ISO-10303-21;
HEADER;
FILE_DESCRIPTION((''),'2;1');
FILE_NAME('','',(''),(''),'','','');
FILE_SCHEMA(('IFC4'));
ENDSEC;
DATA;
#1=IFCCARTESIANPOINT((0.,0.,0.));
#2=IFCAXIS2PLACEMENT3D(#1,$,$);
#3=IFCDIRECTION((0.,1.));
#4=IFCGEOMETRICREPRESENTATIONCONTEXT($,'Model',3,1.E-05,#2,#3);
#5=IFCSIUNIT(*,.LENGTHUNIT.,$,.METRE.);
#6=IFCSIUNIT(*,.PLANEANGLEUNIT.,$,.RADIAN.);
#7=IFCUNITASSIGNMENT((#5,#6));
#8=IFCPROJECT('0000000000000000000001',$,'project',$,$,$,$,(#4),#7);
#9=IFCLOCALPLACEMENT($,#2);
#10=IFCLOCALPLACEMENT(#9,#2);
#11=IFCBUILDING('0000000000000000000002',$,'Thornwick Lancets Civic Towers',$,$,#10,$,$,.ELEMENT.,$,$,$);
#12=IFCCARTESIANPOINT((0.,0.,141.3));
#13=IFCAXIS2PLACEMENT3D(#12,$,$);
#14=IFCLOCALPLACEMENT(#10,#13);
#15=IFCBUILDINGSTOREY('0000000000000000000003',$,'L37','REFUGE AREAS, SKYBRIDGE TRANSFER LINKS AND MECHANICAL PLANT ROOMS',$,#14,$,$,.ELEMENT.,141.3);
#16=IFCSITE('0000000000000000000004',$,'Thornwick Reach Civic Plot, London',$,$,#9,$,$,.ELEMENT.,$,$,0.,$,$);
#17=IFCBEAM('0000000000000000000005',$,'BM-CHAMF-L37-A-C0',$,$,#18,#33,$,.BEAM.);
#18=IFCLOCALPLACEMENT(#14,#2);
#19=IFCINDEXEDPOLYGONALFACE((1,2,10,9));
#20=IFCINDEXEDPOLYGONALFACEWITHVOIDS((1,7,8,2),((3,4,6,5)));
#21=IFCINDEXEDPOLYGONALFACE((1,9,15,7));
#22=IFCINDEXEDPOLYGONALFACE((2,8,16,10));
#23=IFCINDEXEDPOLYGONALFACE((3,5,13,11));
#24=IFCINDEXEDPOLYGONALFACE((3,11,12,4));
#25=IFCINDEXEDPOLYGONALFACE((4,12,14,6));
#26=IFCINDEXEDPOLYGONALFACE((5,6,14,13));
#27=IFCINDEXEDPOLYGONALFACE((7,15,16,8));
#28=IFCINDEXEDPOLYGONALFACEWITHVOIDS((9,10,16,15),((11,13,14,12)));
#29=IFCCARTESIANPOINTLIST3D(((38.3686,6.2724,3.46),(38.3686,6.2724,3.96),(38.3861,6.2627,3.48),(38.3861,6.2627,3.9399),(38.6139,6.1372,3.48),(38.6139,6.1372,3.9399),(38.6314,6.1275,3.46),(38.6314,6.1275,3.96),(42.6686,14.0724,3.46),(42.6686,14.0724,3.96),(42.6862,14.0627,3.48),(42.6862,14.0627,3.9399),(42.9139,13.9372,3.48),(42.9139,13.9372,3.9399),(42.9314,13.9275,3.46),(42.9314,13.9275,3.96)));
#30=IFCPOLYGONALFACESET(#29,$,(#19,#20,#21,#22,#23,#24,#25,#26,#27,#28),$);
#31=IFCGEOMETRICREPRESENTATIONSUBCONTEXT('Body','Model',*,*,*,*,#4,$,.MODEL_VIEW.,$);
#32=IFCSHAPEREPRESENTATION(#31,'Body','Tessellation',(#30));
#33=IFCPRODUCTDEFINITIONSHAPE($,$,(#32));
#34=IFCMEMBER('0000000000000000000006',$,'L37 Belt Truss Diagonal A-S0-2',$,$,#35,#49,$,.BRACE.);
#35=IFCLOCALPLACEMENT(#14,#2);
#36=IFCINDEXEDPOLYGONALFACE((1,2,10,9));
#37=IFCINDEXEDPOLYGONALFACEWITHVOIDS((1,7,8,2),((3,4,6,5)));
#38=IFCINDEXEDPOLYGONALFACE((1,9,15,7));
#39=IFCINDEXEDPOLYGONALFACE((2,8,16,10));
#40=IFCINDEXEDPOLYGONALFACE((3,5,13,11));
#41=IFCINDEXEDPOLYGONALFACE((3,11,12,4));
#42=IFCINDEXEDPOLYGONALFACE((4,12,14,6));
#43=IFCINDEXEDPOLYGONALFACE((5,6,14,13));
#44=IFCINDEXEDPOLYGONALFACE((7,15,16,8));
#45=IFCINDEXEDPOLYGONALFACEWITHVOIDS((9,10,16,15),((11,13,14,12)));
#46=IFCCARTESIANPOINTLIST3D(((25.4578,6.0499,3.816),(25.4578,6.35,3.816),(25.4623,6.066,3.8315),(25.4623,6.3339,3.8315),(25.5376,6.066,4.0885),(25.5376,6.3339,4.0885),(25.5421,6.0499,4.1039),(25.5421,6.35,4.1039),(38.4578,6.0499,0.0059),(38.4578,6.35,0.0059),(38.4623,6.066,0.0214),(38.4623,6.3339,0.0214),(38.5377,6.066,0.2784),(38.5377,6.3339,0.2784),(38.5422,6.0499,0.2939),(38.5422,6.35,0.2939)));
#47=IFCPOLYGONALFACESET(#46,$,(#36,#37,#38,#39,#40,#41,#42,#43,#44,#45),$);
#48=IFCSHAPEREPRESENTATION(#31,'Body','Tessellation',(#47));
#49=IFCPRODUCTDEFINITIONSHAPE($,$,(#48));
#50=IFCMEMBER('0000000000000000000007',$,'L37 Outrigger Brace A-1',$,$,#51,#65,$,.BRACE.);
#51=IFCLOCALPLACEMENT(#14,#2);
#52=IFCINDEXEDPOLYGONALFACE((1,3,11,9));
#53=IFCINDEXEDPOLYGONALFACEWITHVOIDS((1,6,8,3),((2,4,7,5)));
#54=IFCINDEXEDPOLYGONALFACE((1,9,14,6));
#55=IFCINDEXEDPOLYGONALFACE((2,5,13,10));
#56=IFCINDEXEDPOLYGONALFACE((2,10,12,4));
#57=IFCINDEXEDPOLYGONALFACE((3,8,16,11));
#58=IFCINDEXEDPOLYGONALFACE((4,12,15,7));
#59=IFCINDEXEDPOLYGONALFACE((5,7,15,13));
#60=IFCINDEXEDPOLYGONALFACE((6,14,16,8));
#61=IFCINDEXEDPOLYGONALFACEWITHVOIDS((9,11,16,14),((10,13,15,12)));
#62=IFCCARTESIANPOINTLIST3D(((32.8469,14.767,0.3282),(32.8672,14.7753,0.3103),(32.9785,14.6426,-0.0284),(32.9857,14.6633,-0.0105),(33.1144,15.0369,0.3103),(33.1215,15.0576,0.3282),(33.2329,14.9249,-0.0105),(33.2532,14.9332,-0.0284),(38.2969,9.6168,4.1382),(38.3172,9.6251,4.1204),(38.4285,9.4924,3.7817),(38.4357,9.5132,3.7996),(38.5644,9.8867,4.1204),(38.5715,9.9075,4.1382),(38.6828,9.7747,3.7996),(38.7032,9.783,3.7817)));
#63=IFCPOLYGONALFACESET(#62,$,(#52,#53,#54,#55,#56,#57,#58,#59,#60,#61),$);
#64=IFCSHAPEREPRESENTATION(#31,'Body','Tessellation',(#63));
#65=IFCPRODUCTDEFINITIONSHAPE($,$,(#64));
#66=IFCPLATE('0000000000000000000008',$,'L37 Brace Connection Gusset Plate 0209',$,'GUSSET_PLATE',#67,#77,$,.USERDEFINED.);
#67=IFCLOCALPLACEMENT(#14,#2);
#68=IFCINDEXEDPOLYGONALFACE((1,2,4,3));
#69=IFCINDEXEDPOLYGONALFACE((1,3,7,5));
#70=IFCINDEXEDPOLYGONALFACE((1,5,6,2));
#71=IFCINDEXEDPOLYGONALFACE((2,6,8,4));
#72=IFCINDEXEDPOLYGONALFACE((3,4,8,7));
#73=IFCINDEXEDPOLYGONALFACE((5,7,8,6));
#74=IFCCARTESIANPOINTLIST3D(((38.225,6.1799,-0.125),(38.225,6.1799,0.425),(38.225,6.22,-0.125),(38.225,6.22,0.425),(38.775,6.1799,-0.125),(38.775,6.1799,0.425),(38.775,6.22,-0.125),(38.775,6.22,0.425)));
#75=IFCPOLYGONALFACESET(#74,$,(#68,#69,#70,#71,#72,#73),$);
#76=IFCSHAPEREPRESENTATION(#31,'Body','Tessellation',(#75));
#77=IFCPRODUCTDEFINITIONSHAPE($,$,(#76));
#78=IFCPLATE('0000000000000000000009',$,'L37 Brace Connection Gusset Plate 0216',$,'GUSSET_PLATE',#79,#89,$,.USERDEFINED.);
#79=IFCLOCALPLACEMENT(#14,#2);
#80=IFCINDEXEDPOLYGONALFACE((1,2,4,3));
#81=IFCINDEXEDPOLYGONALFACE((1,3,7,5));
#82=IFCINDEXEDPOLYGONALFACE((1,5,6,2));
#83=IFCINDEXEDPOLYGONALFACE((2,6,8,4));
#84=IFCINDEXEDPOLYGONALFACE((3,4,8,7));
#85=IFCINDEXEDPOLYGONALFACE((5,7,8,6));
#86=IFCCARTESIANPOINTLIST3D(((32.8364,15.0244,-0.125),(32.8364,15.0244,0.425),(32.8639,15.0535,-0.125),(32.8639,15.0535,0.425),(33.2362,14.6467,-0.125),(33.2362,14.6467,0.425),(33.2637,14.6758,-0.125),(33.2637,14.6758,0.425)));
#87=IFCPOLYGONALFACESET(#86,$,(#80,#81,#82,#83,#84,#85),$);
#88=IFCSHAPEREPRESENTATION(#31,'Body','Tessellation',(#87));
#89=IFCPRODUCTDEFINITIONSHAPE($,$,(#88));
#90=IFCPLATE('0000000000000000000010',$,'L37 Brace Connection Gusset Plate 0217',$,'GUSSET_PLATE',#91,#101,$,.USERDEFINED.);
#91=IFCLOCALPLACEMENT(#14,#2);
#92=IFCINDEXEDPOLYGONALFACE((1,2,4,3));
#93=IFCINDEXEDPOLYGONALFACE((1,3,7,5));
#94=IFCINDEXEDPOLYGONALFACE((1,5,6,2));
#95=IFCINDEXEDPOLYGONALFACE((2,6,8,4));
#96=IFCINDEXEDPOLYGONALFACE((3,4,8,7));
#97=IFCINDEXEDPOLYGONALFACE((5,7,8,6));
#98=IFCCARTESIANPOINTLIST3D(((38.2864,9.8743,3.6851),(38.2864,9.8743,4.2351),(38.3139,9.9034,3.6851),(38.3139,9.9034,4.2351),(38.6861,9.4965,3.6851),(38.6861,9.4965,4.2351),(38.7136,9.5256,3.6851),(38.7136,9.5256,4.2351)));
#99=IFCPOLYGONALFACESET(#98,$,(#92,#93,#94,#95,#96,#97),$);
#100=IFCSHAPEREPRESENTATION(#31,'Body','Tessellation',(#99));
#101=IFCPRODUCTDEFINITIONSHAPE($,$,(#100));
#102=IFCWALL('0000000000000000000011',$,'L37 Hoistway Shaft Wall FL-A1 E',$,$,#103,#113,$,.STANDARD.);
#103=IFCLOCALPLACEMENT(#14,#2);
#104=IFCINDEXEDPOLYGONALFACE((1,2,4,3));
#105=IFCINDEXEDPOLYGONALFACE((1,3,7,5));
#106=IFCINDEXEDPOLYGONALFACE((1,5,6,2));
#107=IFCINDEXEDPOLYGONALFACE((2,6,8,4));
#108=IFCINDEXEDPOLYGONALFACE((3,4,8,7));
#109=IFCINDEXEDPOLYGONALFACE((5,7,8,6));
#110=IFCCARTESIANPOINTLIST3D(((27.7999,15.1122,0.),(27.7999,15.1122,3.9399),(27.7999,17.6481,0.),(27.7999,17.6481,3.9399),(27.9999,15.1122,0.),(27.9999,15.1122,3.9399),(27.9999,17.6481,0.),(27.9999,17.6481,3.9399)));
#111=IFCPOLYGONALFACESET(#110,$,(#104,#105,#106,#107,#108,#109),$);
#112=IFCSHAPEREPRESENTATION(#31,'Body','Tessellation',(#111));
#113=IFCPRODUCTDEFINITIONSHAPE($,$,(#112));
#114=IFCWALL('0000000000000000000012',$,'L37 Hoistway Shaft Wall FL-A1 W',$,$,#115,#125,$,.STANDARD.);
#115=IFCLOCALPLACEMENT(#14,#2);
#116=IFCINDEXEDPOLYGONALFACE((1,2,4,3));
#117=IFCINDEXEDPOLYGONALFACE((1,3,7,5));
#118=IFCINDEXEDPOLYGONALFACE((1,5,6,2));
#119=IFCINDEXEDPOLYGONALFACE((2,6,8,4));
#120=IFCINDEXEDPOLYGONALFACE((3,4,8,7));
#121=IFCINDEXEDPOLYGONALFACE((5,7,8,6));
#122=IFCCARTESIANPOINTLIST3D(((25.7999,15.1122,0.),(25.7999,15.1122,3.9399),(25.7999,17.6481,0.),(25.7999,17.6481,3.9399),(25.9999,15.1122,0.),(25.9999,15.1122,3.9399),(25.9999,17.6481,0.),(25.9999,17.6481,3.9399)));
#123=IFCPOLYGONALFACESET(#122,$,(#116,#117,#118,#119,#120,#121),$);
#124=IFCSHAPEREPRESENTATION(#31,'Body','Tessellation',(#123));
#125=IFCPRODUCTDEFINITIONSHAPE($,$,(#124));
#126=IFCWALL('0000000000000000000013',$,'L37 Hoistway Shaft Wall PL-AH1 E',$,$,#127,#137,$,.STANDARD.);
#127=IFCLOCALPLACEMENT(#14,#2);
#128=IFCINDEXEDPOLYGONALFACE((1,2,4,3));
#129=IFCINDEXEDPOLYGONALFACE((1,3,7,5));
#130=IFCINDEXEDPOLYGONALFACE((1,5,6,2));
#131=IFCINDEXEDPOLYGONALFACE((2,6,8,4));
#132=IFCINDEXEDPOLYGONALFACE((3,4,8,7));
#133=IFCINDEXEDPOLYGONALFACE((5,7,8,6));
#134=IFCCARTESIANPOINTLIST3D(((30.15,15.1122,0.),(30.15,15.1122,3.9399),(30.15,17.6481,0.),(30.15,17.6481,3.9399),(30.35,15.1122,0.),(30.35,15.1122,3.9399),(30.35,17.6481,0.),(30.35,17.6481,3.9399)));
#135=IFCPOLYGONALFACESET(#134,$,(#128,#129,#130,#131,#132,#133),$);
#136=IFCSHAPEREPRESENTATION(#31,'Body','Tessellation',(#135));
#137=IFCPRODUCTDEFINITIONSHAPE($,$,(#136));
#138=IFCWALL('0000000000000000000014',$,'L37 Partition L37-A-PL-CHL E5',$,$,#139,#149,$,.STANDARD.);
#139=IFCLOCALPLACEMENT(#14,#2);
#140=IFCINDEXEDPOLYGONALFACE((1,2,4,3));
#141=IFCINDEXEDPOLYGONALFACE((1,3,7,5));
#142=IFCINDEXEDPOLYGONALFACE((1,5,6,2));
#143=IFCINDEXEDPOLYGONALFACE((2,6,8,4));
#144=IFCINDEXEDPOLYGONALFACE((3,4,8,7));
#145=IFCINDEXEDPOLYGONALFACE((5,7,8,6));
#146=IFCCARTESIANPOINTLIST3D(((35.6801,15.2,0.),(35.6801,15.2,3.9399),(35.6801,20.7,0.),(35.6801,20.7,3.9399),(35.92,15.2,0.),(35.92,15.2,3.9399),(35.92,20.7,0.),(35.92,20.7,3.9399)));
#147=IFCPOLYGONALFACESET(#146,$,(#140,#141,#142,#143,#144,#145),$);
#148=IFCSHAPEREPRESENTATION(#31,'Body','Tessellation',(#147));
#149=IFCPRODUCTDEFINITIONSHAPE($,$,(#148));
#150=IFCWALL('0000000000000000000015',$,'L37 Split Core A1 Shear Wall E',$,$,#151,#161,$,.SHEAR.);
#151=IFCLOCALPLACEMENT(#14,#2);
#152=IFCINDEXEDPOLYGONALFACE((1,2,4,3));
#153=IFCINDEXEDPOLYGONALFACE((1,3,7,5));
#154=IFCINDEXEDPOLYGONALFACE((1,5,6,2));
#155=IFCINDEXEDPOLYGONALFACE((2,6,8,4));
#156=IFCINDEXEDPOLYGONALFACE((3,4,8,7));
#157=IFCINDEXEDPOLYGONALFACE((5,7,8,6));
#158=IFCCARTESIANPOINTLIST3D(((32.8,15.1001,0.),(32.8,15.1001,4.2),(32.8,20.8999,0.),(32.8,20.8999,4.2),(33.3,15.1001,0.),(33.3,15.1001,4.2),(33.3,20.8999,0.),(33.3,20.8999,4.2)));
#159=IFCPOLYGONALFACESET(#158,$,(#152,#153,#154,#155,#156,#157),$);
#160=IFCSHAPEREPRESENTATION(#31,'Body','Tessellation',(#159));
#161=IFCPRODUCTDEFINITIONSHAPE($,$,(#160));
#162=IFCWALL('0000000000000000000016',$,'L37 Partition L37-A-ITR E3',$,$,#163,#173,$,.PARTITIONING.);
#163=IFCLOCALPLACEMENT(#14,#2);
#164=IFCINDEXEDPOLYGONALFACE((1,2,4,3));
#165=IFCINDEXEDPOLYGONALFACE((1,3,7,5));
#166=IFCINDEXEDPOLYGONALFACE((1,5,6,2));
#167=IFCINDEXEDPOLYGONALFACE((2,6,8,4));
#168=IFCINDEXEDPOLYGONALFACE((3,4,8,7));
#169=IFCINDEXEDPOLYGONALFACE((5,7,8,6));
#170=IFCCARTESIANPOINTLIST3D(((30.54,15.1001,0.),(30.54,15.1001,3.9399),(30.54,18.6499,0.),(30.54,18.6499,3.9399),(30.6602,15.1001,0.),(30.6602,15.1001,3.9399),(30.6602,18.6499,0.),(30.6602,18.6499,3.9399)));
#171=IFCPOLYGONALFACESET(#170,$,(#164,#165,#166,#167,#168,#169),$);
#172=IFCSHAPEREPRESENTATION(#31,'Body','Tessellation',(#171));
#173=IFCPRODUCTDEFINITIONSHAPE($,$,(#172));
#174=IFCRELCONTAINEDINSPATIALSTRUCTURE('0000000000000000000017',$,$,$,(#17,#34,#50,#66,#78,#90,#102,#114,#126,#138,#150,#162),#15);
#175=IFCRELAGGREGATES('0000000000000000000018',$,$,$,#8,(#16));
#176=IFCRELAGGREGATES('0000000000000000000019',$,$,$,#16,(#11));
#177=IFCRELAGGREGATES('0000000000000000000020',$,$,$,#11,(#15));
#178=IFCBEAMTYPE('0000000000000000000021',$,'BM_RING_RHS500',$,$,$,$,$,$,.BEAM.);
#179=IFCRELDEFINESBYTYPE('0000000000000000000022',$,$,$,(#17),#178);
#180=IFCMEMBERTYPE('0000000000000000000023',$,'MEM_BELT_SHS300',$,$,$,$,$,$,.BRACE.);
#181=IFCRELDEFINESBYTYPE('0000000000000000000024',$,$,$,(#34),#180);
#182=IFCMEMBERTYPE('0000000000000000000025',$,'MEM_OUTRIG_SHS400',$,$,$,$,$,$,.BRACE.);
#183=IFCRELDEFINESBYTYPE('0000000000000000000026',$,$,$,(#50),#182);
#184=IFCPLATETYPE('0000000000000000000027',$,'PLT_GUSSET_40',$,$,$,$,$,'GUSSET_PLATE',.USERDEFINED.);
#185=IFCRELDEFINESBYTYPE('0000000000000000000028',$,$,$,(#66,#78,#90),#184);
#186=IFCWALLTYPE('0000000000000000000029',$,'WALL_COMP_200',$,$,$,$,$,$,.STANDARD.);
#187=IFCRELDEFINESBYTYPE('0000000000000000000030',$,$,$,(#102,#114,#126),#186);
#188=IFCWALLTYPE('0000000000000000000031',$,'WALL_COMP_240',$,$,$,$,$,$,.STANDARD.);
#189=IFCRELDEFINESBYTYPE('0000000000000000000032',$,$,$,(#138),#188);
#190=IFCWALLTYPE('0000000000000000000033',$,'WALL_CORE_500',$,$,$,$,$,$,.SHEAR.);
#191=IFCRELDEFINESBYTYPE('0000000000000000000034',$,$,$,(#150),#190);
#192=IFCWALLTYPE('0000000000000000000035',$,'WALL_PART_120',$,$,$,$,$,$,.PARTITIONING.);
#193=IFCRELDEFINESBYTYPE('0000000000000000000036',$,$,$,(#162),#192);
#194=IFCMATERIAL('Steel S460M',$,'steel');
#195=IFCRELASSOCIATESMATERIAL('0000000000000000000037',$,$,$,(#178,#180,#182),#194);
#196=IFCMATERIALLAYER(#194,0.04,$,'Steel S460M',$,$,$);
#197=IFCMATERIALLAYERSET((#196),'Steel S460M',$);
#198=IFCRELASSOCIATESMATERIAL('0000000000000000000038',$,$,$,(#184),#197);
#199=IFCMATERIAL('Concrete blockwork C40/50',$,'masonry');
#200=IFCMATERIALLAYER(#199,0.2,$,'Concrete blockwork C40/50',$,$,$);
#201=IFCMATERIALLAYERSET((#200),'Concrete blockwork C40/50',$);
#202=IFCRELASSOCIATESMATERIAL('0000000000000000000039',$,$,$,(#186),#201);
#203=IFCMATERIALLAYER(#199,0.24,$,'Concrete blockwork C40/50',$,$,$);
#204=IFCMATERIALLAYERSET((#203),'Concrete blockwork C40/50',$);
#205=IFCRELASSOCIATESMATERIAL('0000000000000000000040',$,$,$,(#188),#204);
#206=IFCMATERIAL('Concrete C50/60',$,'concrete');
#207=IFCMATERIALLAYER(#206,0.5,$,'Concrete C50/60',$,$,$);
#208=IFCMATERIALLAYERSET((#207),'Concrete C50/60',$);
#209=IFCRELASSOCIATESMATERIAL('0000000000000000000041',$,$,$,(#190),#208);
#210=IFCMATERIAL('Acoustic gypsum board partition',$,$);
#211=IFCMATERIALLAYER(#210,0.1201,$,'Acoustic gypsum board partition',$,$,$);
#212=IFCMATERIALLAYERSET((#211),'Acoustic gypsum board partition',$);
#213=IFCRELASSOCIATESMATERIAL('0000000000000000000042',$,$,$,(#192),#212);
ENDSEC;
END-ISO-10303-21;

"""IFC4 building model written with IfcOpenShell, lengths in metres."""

from ifc_helpers import new_model, si_unit, direction, frame, frame_2d, origin, origin_2d, place, context, subcontext, project, spatial, rectangle, hollow_rectangle, extrude, material, layer, layer_set, material_profile, profile_set, type_object, element, save


model = new_model("IFC4")

# Units and contexts
model_context = context("Model", 3, precision=1e-05, world=origin(), true_north=direction((0.0, 1.0)))
body_context = subcontext(model_context, "Body", "Model", "MODEL_VIEW")
ifc_project = project(units=[si_unit("LENGTHUNIT", "METRE"), si_unit("PLANEANGLEUNIT", "RADIAN")], contexts=[model_context])

# Site, building, storey
site_placement = place(None, origin())
site = spatial("IfcSite", under=ifc_project, at=site_placement, Name="Thornwick Reach Civic Plot, London", CompositionType="ELEMENT", RefElevation=0.0)
building_placement = place(site_placement, origin())
building = spatial("IfcBuilding", under=site, at=building_placement, Name="Thornwick Lancets Civic Towers", CompositionType="ELEMENT")
storey_placement = place(building_placement, frame((0.0, 0.0, 141.3)))
storey = spatial("IfcBuildingStorey", under=building, at=storey_placement, Name="L37", Description="REFUGE AREAS, SKYBRIDGE TRANSFER LINKS AND MECHANICAL PLANT ROOMS", CompositionType="ELEMENT", Elevation=141.3)

# Shared definitions
ifc_material_1 = material(Name="Steel S460M", Category="steel")

# Beam
ifc_material_profile_1 = material_profile(ifc_material_1, hollow_rectangle(XDim=0.3, YDim=0.5, WallThickness=0.02, at=origin_2d()), Name="RHS 500x300x20")
ifc_profile_set_1 = profile_set([ifc_material_profile_1], Name="Steel S460M")
beam_type_1 = type_object("IfcBeamType", Name="BM_RING_RHS500", PredefinedType="BEAM", material=ifc_profile_set_1)
beam_1_placement = place(storey_placement, frame((38.5, 6.2, 3.71), z_axis=(0.482782, 0.87574, 0.0), x_axis=(-0.87574, 0.482782, 0.0)))
element("IfcBeam", 1, at=beam_1_placement, inside=storey, type_object=beam_type_1, Name="BM-CHAMF-L37-A-C0", PredefinedType="BEAM", context=body_context, shape_type="SweptSolid", body=[
    extrude(hollow_rectangle(XDim=0.3, YDim=0.5, WallThickness=0.02, at=origin_2d()), origin(), (0.0, 0.0, 1.0), 8.9067),
])

# Members
ifc_material_profile_2 = material_profile(ifc_material_1, hollow_rectangle(XDim=0.3, YDim=0.3, WallThickness=0.0161, at=origin_2d()), Name="SHS 300x300x16")
ifc_profile_set_2 = profile_set([ifc_material_profile_2], Name="Steel S460M")
member_type_1 = type_object("IfcMemberType", Name="MEM_BELT_SHS300", PredefinedType="BRACE", material=ifc_profile_set_2)
member_1_placement = place(storey_placement, frame((38.5, 6.2, 0.1499), z_axis=(-0.959634, 0.0, 0.281251), x_axis=(0.0, -1.0, 0.0)))
element("IfcMember", 2, at=member_1_placement, inside=storey, type_object=member_type_1, Name="L37 Belt Truss Diagonal A-S0-2", PredefinedType="BRACE", context=body_context, shape_type="SweptSolid", body=[
    extrude(hollow_rectangle(XDim=0.3, YDim=0.3, WallThickness=0.0161, at=origin_2d()), origin(), (0.0, 0.0, 1.0), 13.5469),
])
ifc_material_profile_3 = material_profile(ifc_material_1, hollow_rectangle(XDim=0.3999, YDim=0.3999, WallThickness=0.02, at=origin_2d()), Name="SHS 400x400x20")
ifc_profile_set_3 = profile_set([ifc_material_profile_3], Name="Steel S460M")
member_type_2 = type_object("IfcMemberType", Name="MEM_OUTRIG_SHS400", PredefinedType="BRACE", material=ifc_profile_set_3)
member_2_placement = place(storey_placement, frame((33.05, 14.8501, 0.1499), z_axis=(0.647966, -0.612321, 0.452993), x_axis=(0.686833, 0.726815, 0.0)))
element("IfcMember", 3, at=member_2_placement, inside=storey, type_object=member_type_2, Name="L37 Outrigger Brace A-1", PredefinedType="BRACE", context=body_context, shape_type="SweptSolid", body=[
    extrude(hollow_rectangle(XDim=0.3999, YDim=0.3999, WallThickness=0.02, at=origin_2d()), origin(), (0.0, 0.0, 1.0), 8.4109),
])

# Plates
ifc_layer_1 = layer(ifc_material_1, 0.04, Name="Steel S460M")
ifc_layer_set_1 = layer_set([ifc_layer_1], Name="Steel S460M")
plate_type = type_object("IfcPlateType", Name="PLT_GUSSET_40", ElementType="GUSSET_PLATE", PredefinedType="USERDEFINED", material=ifc_layer_set_1)
for number, where, z_axis, x_axis, name in (
    (4, (38.5, 6.2, -0.125), (0.0, 0.0, 1.0), (-1.0, 0.0, 0.0), "L37 Brace Connection Gusset Plate 0209"),
    (5, (33.05, 14.8501, -0.125), (0.0, 0.0, 1.0), (0.726814, -0.686834, 0.0), "L37 Brace Connection Gusset Plate 0216"),
    (6, (38.5, 9.7, 3.6851), (0.0, 0.0, 1.0), (0.726814, -0.686834, 0.0), "L37 Brace Connection Gusset Plate 0217"),
):
    element("IfcPlate", number, at=place(storey_placement, frame(where, z_axis=z_axis, x_axis=x_axis)), inside=storey, type_object=plate_type, Name=name, ObjectType="GUSSET_PLATE", PredefinedType="USERDEFINED", context=body_context, shape_type="SweptSolid", body=[
        extrude(rectangle(XDim=0.55, YDim=0.04, at=origin_2d()), origin(), (0.0, 0.0, 1.0), 0.55),
    ])

# Walls
ifc_material_2 = material(Name="Concrete blockwork C40/50", Category="masonry")
ifc_layer_2 = layer(ifc_material_2, 0.2, Name="Concrete blockwork C40/50")
ifc_layer_set_2 = layer_set([ifc_layer_2], Name="Concrete blockwork C40/50")
wall_type_1 = type_object("IfcWallType", Name="WALL_COMP_200", PredefinedType="STANDARD", material=ifc_layer_set_2)
for number, where, z_axis, x_axis, name in (
    (7, (27.8999, 15.1121, 0.0), (0.0, 0.0, 1.0), (0.0, 1.0, 0.0), "L37 Hoistway Shaft Wall FL-A1 E"),
    (8, (25.8999, 15.1121, 0.0), (0.0, 0.0, 1.0), (0.0, 1.0, 0.0), "L37 Hoistway Shaft Wall FL-A1 W"),
    (9, (30.25, 15.1121, 0.0), (0.0, 0.0, 1.0), (0.0, 1.0, 0.0), "L37 Hoistway Shaft Wall PL-AH1 E"),
):
    element("IfcWall", number, at=place(storey_placement, frame(where, z_axis=z_axis, x_axis=x_axis)), inside=storey, type_object=wall_type_1, Name=name, PredefinedType="STANDARD", context=body_context, shape_type="SweptSolid", body=[
        extrude(rectangle(XDim=2.5359, YDim=0.2, at=frame_2d((1.2681, 0.0))), origin(), (0.0, 0.0, 1.0), 3.9399),
    ])
ifc_layer_3 = layer(ifc_material_2, 0.24, Name="Concrete blockwork C40/50")
ifc_layer_set_3 = layer_set([ifc_layer_3], Name="Concrete blockwork C40/50")
wall_type_2 = type_object("IfcWallType", Name="WALL_COMP_240", PredefinedType="STANDARD", material=ifc_layer_set_3)
wall_1_placement = place(storey_placement, frame((35.8, 15.2, 0.0), z_axis=(0.0, 0.0, 1.0), x_axis=(0.0, 1.0, 0.0)))
element("IfcWall", 10, at=wall_1_placement, inside=storey, type_object=wall_type_2, Name="L37 Partition L37-A-PL-CHL E5", PredefinedType="STANDARD", context=body_context, shape_type="SweptSolid", body=[
    extrude(rectangle(XDim=5.5, YDim=0.24, at=frame_2d((2.75, 0.0))), origin(), (0.0, 0.0, 1.0), 3.9399),
])
ifc_material_3 = material(Name="Concrete C50/60", Category="concrete")
ifc_layer_4 = layer(ifc_material_3, 0.5, Name="Concrete C50/60")
ifc_layer_set_4 = layer_set([ifc_layer_4], Name="Concrete C50/60")
wall_type_3 = type_object("IfcWallType", Name="WALL_CORE_500", PredefinedType="SHEAR", material=ifc_layer_set_4)
wall_2_placement = place(storey_placement, frame((33.05, 15.1001, 0.0), z_axis=(0.0, 0.0, 1.0), x_axis=(0.0, 1.0, 0.0)))
element("IfcWall", 11, at=wall_2_placement, inside=storey, type_object=wall_type_3, Name="L37 Split Core A1 Shear Wall E", PredefinedType="SHEAR", context=body_context, shape_type="SweptSolid", body=[
    extrude(rectangle(XDim=5.7998, YDim=0.5, at=frame_2d((2.8999, 0.0))), origin(), (0.0, 0.0, 1.0), 4.2),
])
ifc_material_4 = material(Name="Acoustic gypsum board partition")
ifc_layer_5 = layer(ifc_material_4, 0.1201, Name="Acoustic gypsum board partition")
ifc_layer_set_5 = layer_set([ifc_layer_5], Name="Acoustic gypsum board partition")
wall_type_4 = type_object("IfcWallType", Name="WALL_PART_120", PredefinedType="PARTITIONING", material=ifc_layer_set_5)
wall_3_placement = place(storey_placement, frame((30.6001, 15.1001, 0.0), z_axis=(0.0, 0.0, 1.0), x_axis=(0.0, 1.0, 0.0)))
element("IfcWall", 12, at=wall_3_placement, inside=storey, type_object=wall_type_4, Name="L37 Partition L37-A-ITR E3", PredefinedType="PARTITIONING", context=body_context, shape_type="SweptSolid", body=[
    extrude(rectangle(XDim=3.5498, YDim=0.1201, at=frame_2d((1.7749, 0.0))), origin(), (0.0, 0.0, 1.0), 3.9399),
])

save(model, "model.ifc")
